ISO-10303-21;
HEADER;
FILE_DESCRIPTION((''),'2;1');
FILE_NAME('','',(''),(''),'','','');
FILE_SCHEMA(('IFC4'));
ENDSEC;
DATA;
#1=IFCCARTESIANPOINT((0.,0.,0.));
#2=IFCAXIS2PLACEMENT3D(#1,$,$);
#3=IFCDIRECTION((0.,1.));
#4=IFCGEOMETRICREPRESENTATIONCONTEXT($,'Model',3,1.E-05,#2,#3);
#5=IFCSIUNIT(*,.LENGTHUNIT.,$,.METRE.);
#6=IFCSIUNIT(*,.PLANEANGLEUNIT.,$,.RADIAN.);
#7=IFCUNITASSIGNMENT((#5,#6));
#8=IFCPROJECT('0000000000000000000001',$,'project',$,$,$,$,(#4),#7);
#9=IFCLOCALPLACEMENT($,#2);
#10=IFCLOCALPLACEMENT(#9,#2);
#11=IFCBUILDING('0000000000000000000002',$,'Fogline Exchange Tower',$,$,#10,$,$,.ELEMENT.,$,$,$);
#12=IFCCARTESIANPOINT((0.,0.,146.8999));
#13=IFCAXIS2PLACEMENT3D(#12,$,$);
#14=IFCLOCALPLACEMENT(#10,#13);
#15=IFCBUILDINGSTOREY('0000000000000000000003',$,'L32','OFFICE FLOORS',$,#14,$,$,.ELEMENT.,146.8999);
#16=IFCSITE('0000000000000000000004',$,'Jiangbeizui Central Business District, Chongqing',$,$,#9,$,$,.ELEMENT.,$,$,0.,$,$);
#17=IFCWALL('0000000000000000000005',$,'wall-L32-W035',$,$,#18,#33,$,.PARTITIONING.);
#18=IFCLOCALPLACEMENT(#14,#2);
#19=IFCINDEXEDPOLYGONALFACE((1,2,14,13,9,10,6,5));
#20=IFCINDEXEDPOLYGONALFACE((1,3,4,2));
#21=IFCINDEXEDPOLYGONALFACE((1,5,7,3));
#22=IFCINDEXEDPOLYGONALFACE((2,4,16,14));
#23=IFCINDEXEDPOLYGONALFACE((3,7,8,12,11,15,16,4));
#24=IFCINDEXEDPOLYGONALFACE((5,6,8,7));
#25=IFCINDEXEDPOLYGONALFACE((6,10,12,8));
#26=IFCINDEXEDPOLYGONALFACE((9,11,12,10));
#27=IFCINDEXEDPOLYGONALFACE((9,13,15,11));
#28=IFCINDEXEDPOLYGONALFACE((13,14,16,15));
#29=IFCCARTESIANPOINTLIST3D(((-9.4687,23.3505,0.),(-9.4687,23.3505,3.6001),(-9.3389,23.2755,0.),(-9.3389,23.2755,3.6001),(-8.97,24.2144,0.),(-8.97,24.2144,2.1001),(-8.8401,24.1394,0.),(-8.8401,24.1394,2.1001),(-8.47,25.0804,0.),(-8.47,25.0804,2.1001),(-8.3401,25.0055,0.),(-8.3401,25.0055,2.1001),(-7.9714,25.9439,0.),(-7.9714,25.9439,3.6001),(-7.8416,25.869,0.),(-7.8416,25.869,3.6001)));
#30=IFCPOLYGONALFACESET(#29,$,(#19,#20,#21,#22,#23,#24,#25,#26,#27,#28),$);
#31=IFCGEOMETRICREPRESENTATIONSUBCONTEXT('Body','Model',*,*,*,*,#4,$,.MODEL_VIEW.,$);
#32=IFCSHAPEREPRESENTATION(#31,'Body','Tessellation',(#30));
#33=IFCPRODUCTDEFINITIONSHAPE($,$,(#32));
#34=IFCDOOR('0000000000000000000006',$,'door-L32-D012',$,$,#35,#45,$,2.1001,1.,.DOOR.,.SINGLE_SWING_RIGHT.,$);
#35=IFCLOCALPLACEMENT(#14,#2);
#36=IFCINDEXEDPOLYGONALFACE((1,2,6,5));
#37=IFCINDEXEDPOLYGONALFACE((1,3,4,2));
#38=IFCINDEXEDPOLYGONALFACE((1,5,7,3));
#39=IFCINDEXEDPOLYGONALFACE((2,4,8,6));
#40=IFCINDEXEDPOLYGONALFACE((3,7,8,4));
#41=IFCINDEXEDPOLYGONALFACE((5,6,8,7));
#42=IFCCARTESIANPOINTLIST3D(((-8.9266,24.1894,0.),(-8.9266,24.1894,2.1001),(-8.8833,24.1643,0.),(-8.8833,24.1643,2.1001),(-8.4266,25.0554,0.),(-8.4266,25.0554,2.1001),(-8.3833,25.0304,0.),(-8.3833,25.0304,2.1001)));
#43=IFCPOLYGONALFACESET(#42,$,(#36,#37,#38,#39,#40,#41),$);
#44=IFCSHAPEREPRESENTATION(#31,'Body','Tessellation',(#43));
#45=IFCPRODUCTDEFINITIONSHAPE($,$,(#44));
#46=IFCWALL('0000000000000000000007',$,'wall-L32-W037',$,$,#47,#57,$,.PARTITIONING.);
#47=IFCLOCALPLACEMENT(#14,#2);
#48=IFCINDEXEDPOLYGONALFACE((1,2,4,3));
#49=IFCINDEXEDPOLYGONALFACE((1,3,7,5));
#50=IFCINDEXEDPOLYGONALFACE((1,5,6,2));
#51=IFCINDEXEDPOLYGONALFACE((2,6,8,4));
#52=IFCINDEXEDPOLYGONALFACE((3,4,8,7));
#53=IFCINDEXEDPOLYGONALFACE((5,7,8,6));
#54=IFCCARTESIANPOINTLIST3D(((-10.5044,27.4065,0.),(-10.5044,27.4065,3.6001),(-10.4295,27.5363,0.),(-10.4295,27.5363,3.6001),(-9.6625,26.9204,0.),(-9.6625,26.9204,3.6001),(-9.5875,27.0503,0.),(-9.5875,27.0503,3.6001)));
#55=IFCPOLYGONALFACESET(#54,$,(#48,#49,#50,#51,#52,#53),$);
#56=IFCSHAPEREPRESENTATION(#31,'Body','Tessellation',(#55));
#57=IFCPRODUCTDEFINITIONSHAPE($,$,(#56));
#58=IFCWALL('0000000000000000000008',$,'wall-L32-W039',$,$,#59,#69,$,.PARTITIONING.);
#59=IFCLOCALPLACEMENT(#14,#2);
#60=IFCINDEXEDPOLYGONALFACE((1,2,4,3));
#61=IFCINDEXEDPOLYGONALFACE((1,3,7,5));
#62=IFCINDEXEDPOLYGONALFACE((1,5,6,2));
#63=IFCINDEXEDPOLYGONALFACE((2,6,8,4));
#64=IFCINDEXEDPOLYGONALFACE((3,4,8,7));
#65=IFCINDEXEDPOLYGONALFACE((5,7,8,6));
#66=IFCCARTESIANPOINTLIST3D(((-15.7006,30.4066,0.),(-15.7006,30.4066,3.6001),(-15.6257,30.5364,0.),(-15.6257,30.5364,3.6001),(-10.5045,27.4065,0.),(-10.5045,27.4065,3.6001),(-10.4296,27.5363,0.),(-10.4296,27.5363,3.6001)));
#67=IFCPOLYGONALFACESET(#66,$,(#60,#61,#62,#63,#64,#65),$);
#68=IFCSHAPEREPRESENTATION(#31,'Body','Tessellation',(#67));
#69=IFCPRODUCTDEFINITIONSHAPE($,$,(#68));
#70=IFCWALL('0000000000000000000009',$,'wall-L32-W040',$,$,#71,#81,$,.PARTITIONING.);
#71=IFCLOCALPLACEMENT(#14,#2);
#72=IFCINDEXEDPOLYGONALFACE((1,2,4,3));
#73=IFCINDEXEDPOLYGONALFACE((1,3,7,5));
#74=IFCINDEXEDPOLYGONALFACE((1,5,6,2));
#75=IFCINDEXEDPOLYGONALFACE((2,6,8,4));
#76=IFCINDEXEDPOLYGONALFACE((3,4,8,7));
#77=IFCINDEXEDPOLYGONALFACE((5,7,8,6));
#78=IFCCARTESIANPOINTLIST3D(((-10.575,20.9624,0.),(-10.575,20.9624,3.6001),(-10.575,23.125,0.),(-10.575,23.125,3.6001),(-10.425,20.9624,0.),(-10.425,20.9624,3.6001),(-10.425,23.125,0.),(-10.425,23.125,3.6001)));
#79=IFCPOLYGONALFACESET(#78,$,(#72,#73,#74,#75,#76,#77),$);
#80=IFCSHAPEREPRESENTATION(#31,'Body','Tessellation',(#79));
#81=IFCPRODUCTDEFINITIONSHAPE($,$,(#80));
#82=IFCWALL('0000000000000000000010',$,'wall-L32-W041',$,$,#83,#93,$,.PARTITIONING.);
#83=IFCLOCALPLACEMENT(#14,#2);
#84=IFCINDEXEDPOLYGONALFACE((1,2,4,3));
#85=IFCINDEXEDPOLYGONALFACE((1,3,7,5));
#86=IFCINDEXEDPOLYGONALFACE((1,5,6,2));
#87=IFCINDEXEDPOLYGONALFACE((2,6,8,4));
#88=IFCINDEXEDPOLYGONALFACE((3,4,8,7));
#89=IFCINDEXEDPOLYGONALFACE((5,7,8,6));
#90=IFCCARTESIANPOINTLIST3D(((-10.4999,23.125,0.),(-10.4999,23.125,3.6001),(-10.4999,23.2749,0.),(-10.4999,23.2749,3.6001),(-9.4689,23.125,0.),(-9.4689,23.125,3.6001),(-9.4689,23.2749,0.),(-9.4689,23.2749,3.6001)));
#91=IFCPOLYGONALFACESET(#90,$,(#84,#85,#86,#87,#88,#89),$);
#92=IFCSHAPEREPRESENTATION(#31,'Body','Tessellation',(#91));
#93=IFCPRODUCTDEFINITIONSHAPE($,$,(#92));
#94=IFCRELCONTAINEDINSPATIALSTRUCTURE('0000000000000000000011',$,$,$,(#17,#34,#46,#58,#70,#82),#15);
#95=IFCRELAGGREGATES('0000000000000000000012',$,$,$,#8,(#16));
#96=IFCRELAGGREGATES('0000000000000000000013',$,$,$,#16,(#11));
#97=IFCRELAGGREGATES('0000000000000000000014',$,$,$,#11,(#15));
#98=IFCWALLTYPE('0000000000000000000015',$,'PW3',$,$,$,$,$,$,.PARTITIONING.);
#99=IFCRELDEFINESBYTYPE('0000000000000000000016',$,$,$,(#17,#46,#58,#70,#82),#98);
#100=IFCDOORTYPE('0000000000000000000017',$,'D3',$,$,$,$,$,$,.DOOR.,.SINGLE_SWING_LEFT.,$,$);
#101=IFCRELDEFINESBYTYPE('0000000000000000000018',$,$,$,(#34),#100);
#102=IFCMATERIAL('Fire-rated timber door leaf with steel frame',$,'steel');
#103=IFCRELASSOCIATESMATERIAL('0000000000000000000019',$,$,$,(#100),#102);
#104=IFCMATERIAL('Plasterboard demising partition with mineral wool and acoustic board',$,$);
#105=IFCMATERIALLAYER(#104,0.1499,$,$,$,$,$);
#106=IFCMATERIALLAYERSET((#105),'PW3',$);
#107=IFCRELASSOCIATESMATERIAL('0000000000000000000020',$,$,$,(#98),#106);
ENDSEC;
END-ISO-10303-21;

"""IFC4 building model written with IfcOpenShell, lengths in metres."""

from ifc_helpers import new_model, si_unit, direction, frame, frame_2d, origin, place, context, subcontext, project, spatial, rectangle, extrude, material, layer, layer_set, type_object, element, fill, save


model = new_model("IFC4")

# Units and contexts
model_context = context("Model", 3, precision=1e-05, world=origin(), true_north=direction((0.0, 1.0)))
body_context = subcontext(model_context, "Body", "Model", "MODEL_VIEW")
ifc_project = project(units=[si_unit("LENGTHUNIT", "METRE"), si_unit("PLANEANGLEUNIT", "RADIAN")], contexts=[model_context])

# Site, building, storey
site_placement = place(None, origin())
site = spatial("IfcSite", under=ifc_project, at=site_placement, Name="Jiangbeizui Central Business District, Chongqing", CompositionType="ELEMENT", RefElevation=0.0)
building_placement = place(site_placement, origin())
building = spatial("IfcBuilding", under=site, at=building_placement, Name="Fogline Exchange Tower", CompositionType="ELEMENT")
storey_placement = place(building_placement, frame((0.0, 0.0, 146.8999)))
storey = spatial("IfcBuildingStorey", under=building, at=storey_placement, Name="L32", Description="OFFICE FLOORS", CompositionType="ELEMENT", Elevation=146.8999)

# Wall, opening, door
ifc_material_1 = material(Name="Fire-rated timber door leaf with steel frame", Category="steel")
door_type = type_object("IfcDoorType", Name="D3", OperationType="SINGLE_SWING_LEFT", PredefinedType="DOOR", material=ifc_material_1)
ifc_material_2 = material(Name="Plasterboard demising partition with mineral wool and acoustic board")
ifc_layer_1 = layer(ifc_material_2, 0.1499)
ifc_layer_set_1 = layer_set([ifc_layer_1], Name="PW3")
wall_type_1 = type_object("IfcWallType", Name="PW3", PredefinedType="PARTITIONING", material=ifc_layer_set_1)
wall_1_placement = place(storey_placement, frame((-9.4038, 23.313, 0.0), z_axis=(0.0, 0.0, 1.0), x_axis=(0.499988, 0.866032, 0.0)))
wall_1 = element("IfcWall", 1, at=wall_1_placement, inside=storey, type_object=wall_type_1, Name="wall-L32-W035", PredefinedType="PARTITIONING", context=body_context, shape_type="SweptSolid", body=[
    extrude(rectangle(XDim=2.9946, YDim=0.1499, at=frame_2d((1.4973, 0.0))), origin(), (0.0, 0.0, 1.0), 3.6001),
])
opening_1_placement = place(wall_1_placement, frame((0.9976, 0.0, 0.0)))
opening_1 = element("IfcOpeningElement", 2, at=opening_1_placement, cuts=wall_1, PredefinedType="OPENING", context=body_context, shape_type="SweptSolid", body=[
    extrude(rectangle(XDim=1.0, YDim=2.1001, at=frame_2d((0.5, 1.05))), frame((0.0, 0.085, 0.0), z_axis=(0.0, -1.0, 0.0), x_axis=(1.0, 0.0, 0.0)), (0.0, 0.0, 1.0), 0.1699),
])
door_1_placement = place(opening_1_placement, origin())
door_1 = element("IfcDoor", 3, at=door_1_placement, inside=storey, type_object=door_type, Name="door-L32-D012", OperationType="SINGLE_SWING_RIGHT", OverallHeight=2.1001, OverallWidth=1.0, PredefinedType="DOOR", context=body_context, shape_type="SweptSolid", body=[
    extrude(rectangle(XDim=1.0, YDim=2.1001, at=frame_2d((0.5, 1.05))), frame((0.0, 0.0249, 0.0), z_axis=(0.0, -1.0, 0.0), x_axis=(1.0, 0.0, 0.0)), (0.0, 0.0, 1.0), 0.05),
])
fill(opening_1, door_1)

# Walls
wall_2_placement = place(storey_placement, frame((-9.625, 26.9854, 0.0), z_axis=(0.0, 0.0, 1.0), x_axis=(-0.866056, 0.499947, 0.0)))
element("IfcWall", 4, at=wall_2_placement, inside=storey, type_object=wall_type_1, Name="wall-L32-W037", PredefinedType="PARTITIONING", context=body_context, shape_type="SweptSolid", body=[
    extrude(rectangle(XDim=0.9722, YDim=0.1499, at=frame_2d((0.4861, 0.0))), origin(), (0.0, 0.0, 1.0), 3.6001),
])
wall_3_placement = place(storey_placement, frame((-10.467, 27.4714, 0.0), z_axis=(0.0, 0.0, 1.0), x_axis=(-0.866021, 0.500008, 0.0)))
element("IfcWall", 5, at=wall_3_placement, inside=storey, type_object=wall_type_1, Name="wall-L32-W039", PredefinedType="PARTITIONING", context=body_context, shape_type="SweptSolid", body=[
    extrude(rectangle(XDim=6.0, YDim=0.1499, at=frame_2d((3.0, 0.0))), origin(), (0.0, 0.0, 1.0), 3.6001),
])
wall_4_placement = place(storey_placement, frame((-10.5, 20.9624, 0.0), z_axis=(0.0, 0.0, 1.0), x_axis=(0.0, 1.0, 0.0)))
element("IfcWall", 6, at=wall_4_placement, inside=storey, type_object=wall_type_1, Name="wall-L32-W040", PredefinedType="PARTITIONING", context=body_context, shape_type="SweptSolid", body=[
    extrude(rectangle(XDim=2.1626, YDim=0.1499, at=frame_2d((1.0813, 0.0))), origin(), (0.0, 0.0, 1.0), 3.6001),
])
wall_5_placement = place(storey_placement, frame((-10.5, 23.2, 0.0), z_axis=(0.0, 0.0, 1.0), x_axis=(1.0, 0.0, 0.0)))
element("IfcWall", 7, at=wall_5_placement, inside=storey, type_object=wall_type_1, Name="wall-L32-W041", PredefinedType="PARTITIONING", context=body_context, shape_type="SweptSolid", body=[
    extrude(rectangle(XDim=1.031, YDim=0.1499, at=frame_2d((0.5156, 0.0))), origin(), (0.0, 0.0, 1.0), 3.6001),
])

save(model, "model.ifc")
